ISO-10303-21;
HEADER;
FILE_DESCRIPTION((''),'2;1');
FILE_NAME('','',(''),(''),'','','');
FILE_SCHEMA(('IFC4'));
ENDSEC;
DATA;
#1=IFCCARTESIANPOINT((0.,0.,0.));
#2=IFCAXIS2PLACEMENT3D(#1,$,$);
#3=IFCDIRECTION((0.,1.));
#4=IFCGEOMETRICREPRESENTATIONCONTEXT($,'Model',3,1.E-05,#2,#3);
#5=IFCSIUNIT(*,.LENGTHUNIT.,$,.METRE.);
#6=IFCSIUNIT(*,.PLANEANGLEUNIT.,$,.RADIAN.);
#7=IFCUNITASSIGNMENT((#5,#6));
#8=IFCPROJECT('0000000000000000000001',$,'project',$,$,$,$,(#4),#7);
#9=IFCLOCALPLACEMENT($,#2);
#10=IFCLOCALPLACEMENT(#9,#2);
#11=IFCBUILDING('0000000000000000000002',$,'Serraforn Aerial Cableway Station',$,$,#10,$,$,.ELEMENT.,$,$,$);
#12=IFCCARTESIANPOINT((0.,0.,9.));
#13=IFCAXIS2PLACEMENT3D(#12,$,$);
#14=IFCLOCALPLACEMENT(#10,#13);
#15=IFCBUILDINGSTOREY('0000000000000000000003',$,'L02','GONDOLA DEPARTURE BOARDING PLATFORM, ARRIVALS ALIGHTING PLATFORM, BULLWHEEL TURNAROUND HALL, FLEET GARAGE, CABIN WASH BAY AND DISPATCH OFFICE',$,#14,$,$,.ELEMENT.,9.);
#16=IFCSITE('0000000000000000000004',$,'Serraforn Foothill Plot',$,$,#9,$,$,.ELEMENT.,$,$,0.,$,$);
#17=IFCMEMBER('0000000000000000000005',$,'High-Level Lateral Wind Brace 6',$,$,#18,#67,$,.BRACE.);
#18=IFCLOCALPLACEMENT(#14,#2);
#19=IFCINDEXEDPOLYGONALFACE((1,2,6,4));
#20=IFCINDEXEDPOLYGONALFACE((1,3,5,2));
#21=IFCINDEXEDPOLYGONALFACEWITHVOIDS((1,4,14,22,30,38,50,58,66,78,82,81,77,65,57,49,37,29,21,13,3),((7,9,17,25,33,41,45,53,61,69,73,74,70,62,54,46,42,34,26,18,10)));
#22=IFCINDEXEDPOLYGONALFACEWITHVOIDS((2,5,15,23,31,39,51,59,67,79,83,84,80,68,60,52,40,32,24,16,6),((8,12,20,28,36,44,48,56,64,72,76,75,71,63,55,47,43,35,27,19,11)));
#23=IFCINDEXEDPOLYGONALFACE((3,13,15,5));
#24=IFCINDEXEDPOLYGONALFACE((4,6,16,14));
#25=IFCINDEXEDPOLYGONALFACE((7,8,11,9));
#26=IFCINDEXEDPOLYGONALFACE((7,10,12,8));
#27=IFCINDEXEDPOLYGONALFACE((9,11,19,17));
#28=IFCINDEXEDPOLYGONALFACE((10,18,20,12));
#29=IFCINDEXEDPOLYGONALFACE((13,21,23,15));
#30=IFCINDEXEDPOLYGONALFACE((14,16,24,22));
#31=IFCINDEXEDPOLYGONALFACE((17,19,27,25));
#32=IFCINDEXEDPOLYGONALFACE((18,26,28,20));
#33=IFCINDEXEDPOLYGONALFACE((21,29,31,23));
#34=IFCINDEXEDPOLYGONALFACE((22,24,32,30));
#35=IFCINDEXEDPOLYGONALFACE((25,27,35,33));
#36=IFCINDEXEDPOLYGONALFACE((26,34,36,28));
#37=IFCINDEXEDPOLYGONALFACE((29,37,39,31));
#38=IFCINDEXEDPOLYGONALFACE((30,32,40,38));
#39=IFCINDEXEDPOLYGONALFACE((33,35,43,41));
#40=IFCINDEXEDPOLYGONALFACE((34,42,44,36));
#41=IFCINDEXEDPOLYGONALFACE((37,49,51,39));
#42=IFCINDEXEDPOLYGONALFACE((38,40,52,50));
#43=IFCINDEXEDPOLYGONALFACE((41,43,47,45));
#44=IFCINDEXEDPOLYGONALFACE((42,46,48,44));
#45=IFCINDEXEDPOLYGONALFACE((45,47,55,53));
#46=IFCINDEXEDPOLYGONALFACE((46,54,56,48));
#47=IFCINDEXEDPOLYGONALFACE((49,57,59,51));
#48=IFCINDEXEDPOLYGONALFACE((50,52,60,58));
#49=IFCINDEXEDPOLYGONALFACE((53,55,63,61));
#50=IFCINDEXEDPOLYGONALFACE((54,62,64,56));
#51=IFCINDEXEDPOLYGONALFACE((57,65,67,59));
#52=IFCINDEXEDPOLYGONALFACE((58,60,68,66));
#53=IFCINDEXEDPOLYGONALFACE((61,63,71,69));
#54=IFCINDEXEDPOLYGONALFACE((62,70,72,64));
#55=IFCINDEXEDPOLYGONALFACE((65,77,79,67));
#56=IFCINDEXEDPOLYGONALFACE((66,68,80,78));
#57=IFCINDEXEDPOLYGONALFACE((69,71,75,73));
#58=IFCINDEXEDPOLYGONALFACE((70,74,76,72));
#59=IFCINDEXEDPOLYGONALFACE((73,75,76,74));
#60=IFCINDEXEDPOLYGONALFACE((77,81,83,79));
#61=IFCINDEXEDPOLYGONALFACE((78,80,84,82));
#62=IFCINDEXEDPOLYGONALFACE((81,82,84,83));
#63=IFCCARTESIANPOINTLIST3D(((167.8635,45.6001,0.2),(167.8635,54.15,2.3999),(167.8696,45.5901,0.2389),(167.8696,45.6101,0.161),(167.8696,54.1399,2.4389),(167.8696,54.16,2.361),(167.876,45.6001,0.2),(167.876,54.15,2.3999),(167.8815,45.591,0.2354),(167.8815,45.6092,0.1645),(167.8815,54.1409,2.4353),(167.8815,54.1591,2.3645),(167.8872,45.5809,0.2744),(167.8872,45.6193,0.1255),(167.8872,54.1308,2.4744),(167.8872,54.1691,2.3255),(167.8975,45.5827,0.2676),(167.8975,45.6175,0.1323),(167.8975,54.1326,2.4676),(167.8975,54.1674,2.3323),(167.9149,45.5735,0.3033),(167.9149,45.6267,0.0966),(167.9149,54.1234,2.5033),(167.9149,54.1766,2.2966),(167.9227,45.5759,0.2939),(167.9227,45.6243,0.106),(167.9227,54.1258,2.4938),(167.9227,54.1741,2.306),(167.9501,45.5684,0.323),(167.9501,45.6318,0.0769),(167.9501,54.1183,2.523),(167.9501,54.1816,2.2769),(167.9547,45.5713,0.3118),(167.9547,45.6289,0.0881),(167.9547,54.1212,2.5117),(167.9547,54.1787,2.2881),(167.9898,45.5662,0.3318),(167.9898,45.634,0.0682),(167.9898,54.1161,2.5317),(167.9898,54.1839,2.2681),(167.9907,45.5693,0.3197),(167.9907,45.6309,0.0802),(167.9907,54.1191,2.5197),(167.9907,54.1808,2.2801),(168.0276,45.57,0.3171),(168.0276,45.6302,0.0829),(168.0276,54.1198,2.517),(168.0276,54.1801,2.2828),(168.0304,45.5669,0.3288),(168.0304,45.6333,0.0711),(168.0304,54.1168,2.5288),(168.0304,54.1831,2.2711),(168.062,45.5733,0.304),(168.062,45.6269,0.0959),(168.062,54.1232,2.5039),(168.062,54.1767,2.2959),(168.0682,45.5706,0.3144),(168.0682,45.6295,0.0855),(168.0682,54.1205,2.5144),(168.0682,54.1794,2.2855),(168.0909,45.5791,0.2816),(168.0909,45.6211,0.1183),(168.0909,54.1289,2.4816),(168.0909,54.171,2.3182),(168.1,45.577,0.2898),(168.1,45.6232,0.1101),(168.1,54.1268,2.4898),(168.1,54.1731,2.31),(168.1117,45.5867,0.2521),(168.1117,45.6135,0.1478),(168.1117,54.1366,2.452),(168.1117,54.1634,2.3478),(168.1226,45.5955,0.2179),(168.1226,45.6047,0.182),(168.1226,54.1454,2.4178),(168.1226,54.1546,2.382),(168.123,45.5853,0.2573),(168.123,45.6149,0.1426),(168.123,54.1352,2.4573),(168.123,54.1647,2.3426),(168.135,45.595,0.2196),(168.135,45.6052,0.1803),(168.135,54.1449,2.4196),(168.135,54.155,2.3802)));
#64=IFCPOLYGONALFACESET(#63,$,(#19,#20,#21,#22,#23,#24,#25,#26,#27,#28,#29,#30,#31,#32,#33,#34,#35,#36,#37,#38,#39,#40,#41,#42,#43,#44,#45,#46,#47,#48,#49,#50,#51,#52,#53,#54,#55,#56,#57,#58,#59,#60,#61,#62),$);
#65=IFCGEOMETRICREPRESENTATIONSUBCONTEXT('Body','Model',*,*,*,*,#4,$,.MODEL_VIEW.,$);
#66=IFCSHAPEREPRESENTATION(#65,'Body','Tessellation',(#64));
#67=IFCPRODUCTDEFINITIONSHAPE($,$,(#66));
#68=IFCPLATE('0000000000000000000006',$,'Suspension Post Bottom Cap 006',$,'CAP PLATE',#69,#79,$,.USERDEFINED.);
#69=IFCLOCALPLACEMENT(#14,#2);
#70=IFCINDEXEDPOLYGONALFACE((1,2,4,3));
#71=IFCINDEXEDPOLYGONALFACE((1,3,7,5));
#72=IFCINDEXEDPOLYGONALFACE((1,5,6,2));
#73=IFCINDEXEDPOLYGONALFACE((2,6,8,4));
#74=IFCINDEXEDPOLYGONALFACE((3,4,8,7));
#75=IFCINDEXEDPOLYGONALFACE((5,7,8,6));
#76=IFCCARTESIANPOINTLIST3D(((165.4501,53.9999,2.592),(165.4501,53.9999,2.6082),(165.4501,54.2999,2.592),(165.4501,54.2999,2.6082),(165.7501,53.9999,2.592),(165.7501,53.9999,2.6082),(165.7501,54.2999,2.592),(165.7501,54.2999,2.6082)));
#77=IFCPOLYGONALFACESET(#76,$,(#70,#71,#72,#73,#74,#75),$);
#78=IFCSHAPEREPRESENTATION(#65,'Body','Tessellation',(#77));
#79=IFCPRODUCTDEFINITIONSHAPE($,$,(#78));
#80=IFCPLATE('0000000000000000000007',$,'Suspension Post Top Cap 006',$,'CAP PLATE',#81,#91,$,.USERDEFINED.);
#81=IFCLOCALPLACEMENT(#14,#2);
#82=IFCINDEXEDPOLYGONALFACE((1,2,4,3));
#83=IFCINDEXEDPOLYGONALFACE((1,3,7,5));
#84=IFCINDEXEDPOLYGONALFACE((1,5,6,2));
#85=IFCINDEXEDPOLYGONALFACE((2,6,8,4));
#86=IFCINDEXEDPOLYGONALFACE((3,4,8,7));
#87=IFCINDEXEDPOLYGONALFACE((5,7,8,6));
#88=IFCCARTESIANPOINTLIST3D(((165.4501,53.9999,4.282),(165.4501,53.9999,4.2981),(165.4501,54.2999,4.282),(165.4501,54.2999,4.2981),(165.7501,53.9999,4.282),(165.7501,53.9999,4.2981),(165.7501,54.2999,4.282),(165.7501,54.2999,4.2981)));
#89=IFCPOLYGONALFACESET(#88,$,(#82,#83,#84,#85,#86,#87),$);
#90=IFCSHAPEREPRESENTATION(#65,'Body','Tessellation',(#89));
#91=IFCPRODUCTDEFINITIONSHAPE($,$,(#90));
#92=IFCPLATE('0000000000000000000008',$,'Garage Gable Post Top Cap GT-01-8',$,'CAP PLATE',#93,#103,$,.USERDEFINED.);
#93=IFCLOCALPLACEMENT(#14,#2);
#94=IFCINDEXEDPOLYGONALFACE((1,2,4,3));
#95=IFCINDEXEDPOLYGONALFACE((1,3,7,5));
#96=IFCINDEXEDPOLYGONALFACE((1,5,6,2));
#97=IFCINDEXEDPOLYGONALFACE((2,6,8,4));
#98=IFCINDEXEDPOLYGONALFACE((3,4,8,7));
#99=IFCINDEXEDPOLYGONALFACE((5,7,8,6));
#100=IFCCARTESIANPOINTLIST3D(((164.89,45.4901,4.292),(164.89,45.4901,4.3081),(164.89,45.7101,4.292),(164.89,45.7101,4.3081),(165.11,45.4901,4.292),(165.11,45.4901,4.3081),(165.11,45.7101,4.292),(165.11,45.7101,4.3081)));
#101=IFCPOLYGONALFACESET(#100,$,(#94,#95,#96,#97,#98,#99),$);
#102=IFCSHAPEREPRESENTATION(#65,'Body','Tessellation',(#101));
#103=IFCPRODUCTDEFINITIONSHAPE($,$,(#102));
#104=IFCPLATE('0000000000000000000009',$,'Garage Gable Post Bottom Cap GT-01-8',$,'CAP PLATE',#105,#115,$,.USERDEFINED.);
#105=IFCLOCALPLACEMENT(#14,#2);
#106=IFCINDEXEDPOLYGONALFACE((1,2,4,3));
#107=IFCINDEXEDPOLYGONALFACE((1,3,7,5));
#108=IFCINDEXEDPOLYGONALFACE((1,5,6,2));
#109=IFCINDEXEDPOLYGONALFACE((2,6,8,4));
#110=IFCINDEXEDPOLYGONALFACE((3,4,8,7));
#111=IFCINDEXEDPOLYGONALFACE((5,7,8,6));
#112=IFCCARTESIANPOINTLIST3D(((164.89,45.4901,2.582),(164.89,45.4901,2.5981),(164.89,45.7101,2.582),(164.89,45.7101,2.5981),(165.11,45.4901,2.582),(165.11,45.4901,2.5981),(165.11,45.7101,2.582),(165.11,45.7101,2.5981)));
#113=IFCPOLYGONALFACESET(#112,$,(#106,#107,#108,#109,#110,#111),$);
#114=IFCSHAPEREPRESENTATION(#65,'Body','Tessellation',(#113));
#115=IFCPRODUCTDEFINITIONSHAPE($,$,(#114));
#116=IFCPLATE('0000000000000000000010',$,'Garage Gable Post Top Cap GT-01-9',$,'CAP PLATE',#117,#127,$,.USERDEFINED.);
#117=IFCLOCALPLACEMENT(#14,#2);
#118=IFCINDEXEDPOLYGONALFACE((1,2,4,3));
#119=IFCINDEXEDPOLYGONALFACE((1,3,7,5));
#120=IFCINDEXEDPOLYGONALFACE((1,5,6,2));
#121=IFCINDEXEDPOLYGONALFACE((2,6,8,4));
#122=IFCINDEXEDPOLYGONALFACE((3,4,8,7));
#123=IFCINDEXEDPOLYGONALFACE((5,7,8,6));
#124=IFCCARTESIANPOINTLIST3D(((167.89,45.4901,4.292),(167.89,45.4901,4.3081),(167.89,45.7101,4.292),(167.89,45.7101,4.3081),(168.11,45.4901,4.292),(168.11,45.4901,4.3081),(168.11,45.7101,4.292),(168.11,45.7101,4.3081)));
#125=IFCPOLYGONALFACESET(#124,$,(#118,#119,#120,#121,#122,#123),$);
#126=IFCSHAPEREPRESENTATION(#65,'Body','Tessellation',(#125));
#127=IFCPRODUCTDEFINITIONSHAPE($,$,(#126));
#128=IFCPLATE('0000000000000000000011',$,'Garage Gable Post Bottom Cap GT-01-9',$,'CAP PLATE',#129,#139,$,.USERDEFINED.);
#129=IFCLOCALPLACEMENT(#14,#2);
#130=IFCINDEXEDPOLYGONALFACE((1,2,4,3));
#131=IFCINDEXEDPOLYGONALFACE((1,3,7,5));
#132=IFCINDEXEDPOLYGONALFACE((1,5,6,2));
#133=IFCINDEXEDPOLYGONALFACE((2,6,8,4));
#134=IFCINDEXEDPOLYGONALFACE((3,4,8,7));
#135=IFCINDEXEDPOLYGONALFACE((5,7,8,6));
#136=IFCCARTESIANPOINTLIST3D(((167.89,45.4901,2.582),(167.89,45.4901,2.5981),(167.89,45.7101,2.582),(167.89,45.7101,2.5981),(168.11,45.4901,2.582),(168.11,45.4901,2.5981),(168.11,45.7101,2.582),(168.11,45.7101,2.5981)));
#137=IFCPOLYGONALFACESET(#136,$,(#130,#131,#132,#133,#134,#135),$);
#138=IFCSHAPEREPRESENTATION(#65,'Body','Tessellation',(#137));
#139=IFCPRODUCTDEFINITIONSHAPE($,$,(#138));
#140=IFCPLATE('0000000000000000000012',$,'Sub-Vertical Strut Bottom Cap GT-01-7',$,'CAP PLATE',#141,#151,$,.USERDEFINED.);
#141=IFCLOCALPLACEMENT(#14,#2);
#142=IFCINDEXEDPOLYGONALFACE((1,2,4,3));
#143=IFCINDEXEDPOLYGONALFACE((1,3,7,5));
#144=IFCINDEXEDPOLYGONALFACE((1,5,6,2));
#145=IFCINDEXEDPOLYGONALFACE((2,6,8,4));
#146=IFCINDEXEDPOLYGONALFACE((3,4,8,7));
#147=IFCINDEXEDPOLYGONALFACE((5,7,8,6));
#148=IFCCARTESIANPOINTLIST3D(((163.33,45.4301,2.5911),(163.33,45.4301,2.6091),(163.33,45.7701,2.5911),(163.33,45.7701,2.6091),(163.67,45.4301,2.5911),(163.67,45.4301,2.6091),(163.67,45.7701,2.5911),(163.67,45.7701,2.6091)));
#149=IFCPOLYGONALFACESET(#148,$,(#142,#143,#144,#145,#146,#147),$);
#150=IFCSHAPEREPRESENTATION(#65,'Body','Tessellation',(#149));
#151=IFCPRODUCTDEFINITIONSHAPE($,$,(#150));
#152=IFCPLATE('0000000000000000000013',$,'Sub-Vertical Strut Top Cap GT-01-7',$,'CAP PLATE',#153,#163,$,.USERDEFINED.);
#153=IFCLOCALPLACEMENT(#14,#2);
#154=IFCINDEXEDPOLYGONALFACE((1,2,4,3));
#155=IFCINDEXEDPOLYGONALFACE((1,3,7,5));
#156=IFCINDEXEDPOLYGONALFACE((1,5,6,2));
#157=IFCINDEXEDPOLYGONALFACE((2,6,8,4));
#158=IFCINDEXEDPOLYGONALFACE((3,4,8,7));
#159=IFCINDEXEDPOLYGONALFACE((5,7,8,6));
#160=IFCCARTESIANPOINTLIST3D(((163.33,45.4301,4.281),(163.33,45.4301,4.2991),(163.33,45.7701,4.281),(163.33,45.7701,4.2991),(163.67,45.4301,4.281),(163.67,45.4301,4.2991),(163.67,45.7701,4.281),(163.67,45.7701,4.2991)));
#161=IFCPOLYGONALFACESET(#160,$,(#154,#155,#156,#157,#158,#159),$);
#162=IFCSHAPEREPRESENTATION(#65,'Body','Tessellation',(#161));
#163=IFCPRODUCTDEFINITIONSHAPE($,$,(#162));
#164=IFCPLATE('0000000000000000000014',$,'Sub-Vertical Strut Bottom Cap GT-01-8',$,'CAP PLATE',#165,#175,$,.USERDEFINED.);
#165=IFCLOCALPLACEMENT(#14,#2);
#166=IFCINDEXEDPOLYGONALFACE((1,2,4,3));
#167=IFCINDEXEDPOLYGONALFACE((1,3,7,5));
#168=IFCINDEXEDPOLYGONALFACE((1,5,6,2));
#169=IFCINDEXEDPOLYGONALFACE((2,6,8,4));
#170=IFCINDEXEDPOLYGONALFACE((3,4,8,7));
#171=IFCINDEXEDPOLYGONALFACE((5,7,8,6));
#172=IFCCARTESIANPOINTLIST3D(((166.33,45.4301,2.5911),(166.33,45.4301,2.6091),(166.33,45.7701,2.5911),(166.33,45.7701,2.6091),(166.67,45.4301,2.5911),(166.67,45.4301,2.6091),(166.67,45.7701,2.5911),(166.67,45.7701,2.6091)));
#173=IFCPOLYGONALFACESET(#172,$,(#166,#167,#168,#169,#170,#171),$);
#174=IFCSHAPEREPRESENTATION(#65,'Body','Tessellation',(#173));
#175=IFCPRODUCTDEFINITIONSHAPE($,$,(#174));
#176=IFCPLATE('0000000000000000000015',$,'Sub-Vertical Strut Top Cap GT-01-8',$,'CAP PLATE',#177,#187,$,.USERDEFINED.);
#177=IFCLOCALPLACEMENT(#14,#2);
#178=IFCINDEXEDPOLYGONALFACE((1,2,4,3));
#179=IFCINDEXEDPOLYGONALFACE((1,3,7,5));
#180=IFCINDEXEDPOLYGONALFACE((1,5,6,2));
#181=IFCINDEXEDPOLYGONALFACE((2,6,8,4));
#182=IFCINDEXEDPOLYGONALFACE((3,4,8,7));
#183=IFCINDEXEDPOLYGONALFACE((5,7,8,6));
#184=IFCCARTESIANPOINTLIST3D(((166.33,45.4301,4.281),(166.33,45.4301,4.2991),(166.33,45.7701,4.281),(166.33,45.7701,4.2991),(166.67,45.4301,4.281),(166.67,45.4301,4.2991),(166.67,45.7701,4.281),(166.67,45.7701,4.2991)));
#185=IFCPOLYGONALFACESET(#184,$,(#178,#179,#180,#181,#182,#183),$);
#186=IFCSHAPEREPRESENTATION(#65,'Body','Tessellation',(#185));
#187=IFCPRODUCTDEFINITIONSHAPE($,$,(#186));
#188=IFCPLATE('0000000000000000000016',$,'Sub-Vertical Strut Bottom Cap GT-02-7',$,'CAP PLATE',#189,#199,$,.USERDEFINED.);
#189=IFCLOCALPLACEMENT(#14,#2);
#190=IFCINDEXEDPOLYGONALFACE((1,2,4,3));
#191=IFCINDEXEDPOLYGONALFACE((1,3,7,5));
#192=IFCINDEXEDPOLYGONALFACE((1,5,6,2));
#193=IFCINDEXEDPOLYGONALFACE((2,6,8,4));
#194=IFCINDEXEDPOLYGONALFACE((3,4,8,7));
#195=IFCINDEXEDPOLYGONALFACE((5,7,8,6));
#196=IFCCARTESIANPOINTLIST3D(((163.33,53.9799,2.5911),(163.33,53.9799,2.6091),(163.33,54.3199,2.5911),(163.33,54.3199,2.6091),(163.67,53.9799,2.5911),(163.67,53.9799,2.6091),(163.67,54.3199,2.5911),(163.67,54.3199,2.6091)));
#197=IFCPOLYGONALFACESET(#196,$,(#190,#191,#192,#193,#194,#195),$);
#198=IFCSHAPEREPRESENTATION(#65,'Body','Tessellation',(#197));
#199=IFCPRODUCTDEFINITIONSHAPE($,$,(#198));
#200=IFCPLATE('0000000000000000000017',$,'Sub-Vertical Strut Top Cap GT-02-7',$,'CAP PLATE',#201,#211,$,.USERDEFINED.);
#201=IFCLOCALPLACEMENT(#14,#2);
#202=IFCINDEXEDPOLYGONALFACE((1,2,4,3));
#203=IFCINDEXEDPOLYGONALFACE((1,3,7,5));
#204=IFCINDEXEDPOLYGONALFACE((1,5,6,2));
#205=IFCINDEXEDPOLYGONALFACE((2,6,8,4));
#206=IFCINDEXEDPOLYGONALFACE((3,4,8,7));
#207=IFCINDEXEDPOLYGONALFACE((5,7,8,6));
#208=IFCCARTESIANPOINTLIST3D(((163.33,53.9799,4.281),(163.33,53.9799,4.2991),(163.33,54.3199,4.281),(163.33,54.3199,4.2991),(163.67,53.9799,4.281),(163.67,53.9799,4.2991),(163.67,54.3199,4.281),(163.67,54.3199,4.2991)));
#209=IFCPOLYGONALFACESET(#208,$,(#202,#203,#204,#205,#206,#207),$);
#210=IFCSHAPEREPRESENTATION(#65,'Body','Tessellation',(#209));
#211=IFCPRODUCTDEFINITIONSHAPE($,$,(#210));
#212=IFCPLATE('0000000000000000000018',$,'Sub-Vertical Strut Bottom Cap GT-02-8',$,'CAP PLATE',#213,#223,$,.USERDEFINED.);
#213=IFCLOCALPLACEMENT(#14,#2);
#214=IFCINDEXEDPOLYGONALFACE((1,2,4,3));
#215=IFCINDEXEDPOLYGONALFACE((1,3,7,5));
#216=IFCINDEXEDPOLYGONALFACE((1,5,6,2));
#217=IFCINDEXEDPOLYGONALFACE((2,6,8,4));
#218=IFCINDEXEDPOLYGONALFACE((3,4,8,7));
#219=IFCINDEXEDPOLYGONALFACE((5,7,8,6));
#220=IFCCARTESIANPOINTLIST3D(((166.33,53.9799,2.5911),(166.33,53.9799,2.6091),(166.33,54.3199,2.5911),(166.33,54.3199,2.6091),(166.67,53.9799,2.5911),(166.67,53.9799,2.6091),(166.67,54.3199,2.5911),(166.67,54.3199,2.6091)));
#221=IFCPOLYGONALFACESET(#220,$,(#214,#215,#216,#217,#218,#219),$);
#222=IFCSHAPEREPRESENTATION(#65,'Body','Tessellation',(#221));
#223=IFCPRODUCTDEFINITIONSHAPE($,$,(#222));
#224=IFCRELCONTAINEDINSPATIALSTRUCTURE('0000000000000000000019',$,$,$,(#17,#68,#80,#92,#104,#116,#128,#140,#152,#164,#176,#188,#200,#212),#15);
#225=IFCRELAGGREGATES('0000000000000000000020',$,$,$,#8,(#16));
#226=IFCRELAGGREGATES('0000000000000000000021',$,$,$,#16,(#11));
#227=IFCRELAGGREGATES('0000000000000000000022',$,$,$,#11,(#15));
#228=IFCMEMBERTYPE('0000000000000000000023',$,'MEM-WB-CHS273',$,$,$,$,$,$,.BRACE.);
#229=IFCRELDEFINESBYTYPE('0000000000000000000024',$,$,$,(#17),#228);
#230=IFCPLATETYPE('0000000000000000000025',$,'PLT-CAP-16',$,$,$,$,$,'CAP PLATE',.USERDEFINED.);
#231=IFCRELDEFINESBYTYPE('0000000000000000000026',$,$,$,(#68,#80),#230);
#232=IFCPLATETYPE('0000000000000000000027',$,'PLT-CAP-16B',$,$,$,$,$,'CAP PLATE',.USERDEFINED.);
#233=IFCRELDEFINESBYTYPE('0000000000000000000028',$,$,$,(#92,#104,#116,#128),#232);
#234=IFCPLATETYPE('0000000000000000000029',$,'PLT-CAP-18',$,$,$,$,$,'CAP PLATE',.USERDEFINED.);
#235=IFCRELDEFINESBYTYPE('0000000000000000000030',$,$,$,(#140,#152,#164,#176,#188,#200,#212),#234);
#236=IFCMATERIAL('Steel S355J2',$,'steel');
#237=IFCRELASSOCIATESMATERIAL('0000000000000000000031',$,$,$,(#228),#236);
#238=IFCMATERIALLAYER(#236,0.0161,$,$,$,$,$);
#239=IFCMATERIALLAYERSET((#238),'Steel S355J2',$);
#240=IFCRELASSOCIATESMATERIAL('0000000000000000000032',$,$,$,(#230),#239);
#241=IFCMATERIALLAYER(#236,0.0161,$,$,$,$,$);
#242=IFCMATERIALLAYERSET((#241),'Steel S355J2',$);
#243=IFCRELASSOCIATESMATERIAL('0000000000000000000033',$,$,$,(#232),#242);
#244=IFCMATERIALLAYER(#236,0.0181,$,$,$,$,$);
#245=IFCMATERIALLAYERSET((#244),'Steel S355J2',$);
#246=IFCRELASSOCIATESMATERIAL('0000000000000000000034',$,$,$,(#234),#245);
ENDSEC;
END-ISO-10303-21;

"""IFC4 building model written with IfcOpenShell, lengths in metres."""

from ifc_helpers import new_model, si_unit, direction, frame, origin, origin_2d, place, context, subcontext, project, spatial, rectangle, hollow_circle, extrude, material, layer, layer_set, material_profile, profile_set, type_object, element, save


model = new_model("IFC4")

# Units and contexts
model_context = context("Model", 3, precision=1e-05, world=origin(), true_north=direction((0.0, 1.0)))
body_context = subcontext(model_context, "Body", "Model", "MODEL_VIEW")
ifc_project = project(units=[si_unit("LENGTHUNIT", "METRE"), si_unit("PLANEANGLEUNIT", "RADIAN")], contexts=[model_context])

# Site, building, storey
site_placement = place(None, origin())
site = spatial("IfcSite", under=ifc_project, at=site_placement, Name="Serraforn Foothill Plot", CompositionType="ELEMENT", RefElevation=0.0)
building_placement = place(site_placement, origin())
building = spatial("IfcBuilding", under=site, at=building_placement, Name="Serraforn Aerial Cableway Station", CompositionType="ELEMENT")
storey_placement = place(building_placement, frame((0.0, 0.0, 9.0)))
storey = spatial("IfcBuildingStorey", under=building, at=storey_placement, Name="L02", Description="GONDOLA DEPARTURE BOARDING PLATFORM, ARRIVALS ALIGHTING PLATFORM, BULLWHEEL TURNAROUND HALL, FLEET GARAGE, CABIN WASH BAY AND DISPATCH OFFICE", CompositionType="ELEMENT", Elevation=9.0)

# Shared definitions
ifc_material_1 = material(Name="Steel S355J2", Category="steel")

# Member
ifc_material_profile_1 = material_profile(ifc_material_1, hollow_circle(Radius=0.1365, WallThickness=0.0125, at=origin_2d()), Name="CHS 273.0x12.5")
ifc_profile_set_1 = profile_set([ifc_material_profile_1], Name="Steel S355J2")
member_type_1 = type_object("IfcMemberType", Name="MEM-WB-CHS273", PredefinedType="BRACE", material=ifc_profile_set_1)
member_1_placement = place(storey_placement, frame((168.0, 45.6001, 0.2), z_axis=(0.0, 0.968454, 0.249193), x_axis=(-1.0, 0.0, 0.0)))
element("IfcMember", 1, at=member_1_placement, inside=storey, type_object=member_type_1, Name="High-Level Lateral Wind Brace 6", PredefinedType="BRACE", context=body_context, shape_type="SweptSolid", body=[
    extrude(hollow_circle(Radius=0.1365, WallThickness=0.0125, at=origin_2d()), origin(), (0.0, 0.0, 1.0), 8.8284),
])

# Plates
ifc_layer_1 = layer(ifc_material_1, 0.0161)
ifc_layer_set_1 = layer_set([ifc_layer_1], Name="Steel S355J2")
plate_type_1 = type_object("IfcPlateType", Name="PLT-CAP-16", ElementType="CAP PLATE", PredefinedType="USERDEFINED", material=ifc_layer_set_1)
for number, where, z_axis, x_axis, name in (
    (2, (165.6001, 54.1499, 2.592), (0.0, 0.0, 1.0), (1.0, 0.0, 0.0), "Suspension Post Bottom Cap 006"),
    (3, (165.6001, 54.1499, 4.282), (0.0, 0.0, 1.0), (1.0, 0.0, 0.0), "Suspension Post Top Cap 006"),
):
    element("IfcPlate", number, at=place(storey_placement, frame(where, z_axis=z_axis, x_axis=x_axis)), inside=storey, type_object=plate_type_1, Name=name, ObjectType="CAP PLATE", PredefinedType="USERDEFINED", context=body_context, shape_type="SweptSolid", body=[
        extrude(rectangle(XDim=0.3, YDim=0.3, at=origin_2d()), origin(), (0.0, 0.0, 1.0), 0.0161),
    ])
ifc_layer_2 = layer(ifc_material_1, 0.0161)
ifc_layer_set_2 = layer_set([ifc_layer_2], Name="Steel S355J2")
plate_type_2 = type_object("IfcPlateType", Name="PLT-CAP-16B", ElementType="CAP PLATE", PredefinedType="USERDEFINED", material=ifc_layer_set_2)
for number, where, z_axis, x_axis, name in (
    (4, (165.0, 45.6001, 4.292), (0.0, 0.0, 1.0), (1.0, 0.0, 0.0), "Garage Gable Post Top Cap GT-01-8"),
    (5, (165.0, 45.6001, 2.582), (0.0, 0.0, 1.0), (1.0, 0.0, 0.0), "Garage Gable Post Bottom Cap GT-01-8"),
    (6, (168.0, 45.6001, 4.292), (0.0, 0.0, 1.0), (1.0, 0.0, 0.0), "Garage Gable Post Top Cap GT-01-9"),
    (7, (168.0, 45.6001, 2.582), (0.0, 0.0, 1.0), (1.0, 0.0, 0.0), "Garage Gable Post Bottom Cap GT-01-9"),
):
    element("IfcPlate", number, at=place(storey_placement, frame(where, z_axis=z_axis, x_axis=x_axis)), inside=storey, type_object=plate_type_2, Name=name, ObjectType="CAP PLATE", PredefinedType="USERDEFINED", context=body_context, shape_type="SweptSolid", body=[
        extrude(rectangle(XDim=0.22, YDim=0.22, at=origin_2d()), origin(), (0.0, 0.0, 1.0), 0.0161),
    ])
ifc_layer_3 = layer(ifc_material_1, 0.0181)
ifc_layer_set_3 = layer_set([ifc_layer_3], Name="Steel S355J2")
plate_type_3 = type_object("IfcPlateType", Name="PLT-CAP-18", ElementType="CAP PLATE", PredefinedType="USERDEFINED", material=ifc_layer_set_3)
for number, where, z_axis, x_axis, name in (
    (8, (163.5, 45.6001, 2.5911), (0.0, 0.0, 1.0), (1.0, 0.0, 0.0), "Sub-Vertical Strut Bottom Cap GT-01-7"),
    (9, (163.5, 45.6001, 4.281), (0.0, 0.0, 1.0), (1.0, 0.0, 0.0), "Sub-Vertical Strut Top Cap GT-01-7"),
    (10, (166.5, 45.6001, 2.5911), (0.0, 0.0, 1.0), (1.0, 0.0, 0.0), "Sub-Vertical Strut Bottom Cap GT-01-8"),
    (11, (166.5, 45.6001, 4.281), (0.0, 0.0, 1.0), (1.0, 0.0, 0.0), "Sub-Vertical Strut Top Cap GT-01-8"),
    (12, (163.5, 54.1499, 2.5911), (0.0, 0.0, 1.0), (1.0, 0.0, 0.0), "Sub-Vertical Strut Bottom Cap GT-02-7"),
    (13, (163.5, 54.1499, 4.281), (0.0, 0.0, 1.0), (1.0, 0.0, 0.0), "Sub-Vertical Strut Top Cap GT-02-7"),
    (14, (166.5, 54.1499, 2.5911), (0.0, 0.0, 1.0), (1.0, 0.0, 0.0), "Sub-Vertical Strut Bottom Cap GT-02-8"),
):
    element("IfcPlate", number, at=place(storey_placement, frame(where, z_axis=z_axis, x_axis=x_axis)), inside=storey, type_object=plate_type_3, Name=name, ObjectType="CAP PLATE", PredefinedType="USERDEFINED", context=body_context, shape_type="SweptSolid", body=[
        extrude(rectangle(XDim=0.3401, YDim=0.3401, at=origin_2d()), origin(), (0.0, 0.0, 1.0), 0.0181),
    ])

save(model, "model.ifc")
